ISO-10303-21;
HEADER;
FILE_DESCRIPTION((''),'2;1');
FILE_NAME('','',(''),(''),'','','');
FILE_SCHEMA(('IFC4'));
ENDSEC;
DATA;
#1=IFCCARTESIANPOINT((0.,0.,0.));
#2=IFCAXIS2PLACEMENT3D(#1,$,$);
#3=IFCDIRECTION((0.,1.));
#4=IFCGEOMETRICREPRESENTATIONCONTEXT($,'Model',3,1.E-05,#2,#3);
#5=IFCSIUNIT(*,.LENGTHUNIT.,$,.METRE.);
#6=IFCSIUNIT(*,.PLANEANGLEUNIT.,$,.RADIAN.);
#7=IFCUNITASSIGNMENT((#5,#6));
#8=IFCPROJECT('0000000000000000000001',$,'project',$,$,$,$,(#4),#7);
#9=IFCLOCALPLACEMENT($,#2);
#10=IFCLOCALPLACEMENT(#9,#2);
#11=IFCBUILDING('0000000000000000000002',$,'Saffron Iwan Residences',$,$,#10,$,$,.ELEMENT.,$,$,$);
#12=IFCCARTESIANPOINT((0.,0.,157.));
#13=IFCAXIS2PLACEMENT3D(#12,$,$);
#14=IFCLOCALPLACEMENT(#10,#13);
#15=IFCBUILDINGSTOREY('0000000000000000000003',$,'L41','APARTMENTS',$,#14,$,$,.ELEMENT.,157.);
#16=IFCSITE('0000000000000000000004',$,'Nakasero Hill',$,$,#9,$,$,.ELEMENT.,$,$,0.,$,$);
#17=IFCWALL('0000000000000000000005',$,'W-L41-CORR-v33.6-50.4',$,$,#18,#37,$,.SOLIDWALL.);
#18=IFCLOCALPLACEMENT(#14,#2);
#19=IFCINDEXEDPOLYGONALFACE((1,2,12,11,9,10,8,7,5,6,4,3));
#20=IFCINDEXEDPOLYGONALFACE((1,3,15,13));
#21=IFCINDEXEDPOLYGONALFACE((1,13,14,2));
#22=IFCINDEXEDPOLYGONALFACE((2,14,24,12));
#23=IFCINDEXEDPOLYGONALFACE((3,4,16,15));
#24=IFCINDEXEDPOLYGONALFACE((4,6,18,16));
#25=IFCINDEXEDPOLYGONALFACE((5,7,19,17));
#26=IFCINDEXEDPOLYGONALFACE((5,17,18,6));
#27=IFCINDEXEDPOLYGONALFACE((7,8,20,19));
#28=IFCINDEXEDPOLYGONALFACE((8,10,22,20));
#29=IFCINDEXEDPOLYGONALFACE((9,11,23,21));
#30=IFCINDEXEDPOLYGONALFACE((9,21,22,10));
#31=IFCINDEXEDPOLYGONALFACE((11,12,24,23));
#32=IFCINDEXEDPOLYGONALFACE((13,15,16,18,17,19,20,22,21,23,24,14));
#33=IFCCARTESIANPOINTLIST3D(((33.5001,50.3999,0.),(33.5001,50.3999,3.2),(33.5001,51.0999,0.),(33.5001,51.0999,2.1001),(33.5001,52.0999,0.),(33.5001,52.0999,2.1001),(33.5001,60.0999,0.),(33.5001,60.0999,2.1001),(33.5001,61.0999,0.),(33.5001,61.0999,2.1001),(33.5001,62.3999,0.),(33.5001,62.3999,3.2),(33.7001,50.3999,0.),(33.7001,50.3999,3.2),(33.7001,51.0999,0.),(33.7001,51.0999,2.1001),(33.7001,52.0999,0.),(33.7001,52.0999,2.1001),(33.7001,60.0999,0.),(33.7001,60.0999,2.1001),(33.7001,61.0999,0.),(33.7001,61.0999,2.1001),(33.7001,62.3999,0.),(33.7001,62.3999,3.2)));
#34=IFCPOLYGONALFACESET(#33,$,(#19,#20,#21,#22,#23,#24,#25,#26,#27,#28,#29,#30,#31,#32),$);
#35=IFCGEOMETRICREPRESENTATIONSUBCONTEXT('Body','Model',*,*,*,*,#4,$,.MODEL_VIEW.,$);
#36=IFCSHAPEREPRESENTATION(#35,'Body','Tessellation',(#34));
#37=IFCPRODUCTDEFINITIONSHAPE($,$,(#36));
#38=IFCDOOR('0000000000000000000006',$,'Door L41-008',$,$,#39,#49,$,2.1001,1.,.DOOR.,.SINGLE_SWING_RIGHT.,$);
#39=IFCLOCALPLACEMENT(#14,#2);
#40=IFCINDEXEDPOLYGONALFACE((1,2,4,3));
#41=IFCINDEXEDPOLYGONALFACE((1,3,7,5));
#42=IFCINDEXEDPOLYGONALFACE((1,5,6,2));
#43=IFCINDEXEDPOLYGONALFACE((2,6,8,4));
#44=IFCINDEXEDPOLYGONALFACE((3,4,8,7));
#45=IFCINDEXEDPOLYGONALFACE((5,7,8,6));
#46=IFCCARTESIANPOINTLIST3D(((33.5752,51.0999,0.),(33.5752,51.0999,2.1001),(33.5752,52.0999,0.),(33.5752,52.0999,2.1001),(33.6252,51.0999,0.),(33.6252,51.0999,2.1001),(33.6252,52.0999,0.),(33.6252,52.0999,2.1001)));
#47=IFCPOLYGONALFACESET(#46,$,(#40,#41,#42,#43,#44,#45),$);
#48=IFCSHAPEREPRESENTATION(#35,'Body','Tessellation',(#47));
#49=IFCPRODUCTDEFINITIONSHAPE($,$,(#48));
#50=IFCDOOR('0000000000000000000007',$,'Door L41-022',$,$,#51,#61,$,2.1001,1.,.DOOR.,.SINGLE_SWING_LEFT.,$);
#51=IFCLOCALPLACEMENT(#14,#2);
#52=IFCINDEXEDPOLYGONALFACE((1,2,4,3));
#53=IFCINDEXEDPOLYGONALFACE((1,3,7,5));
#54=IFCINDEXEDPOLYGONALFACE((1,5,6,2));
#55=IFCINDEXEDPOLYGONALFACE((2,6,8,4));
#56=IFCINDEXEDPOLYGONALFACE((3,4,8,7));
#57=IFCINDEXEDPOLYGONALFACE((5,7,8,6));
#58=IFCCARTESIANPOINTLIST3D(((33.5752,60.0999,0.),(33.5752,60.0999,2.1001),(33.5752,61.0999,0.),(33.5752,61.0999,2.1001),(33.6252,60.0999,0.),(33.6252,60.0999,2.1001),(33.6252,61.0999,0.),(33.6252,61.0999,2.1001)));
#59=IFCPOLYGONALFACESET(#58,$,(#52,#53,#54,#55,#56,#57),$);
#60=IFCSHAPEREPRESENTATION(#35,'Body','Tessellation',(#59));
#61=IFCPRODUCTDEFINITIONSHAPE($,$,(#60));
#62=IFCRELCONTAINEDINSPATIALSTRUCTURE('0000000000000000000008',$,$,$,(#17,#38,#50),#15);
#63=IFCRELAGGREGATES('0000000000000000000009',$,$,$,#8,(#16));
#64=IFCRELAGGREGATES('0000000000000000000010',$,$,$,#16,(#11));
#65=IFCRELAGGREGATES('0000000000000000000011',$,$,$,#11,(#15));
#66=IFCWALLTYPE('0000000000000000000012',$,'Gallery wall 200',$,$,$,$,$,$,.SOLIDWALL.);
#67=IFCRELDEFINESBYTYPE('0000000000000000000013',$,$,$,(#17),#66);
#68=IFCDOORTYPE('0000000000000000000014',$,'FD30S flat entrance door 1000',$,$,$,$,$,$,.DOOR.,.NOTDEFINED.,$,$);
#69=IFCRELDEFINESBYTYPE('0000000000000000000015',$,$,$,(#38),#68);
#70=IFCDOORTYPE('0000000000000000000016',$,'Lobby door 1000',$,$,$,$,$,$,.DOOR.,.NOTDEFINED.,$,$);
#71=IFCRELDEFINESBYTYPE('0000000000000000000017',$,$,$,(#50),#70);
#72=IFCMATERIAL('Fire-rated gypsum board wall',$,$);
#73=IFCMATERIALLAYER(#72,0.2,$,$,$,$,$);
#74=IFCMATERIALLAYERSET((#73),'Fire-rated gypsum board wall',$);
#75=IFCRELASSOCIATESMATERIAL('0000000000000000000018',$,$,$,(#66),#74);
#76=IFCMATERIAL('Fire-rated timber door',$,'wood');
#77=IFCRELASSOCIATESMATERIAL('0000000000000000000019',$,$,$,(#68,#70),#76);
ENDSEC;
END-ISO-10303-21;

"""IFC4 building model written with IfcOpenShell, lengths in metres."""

from ifc_helpers import new_model, si_unit, direction, frame, frame_2d, origin, place, context, subcontext, project, spatial, rectangle, extrude, material, layer, layer_set, type_object, element, fill, save


model = new_model("IFC4")

# Units and contexts
model_context = context("Model", 3, precision=1e-05, world=origin(), true_north=direction((0.0, 1.0)))
body_context = subcontext(model_context, "Body", "Model", "MODEL_VIEW")
ifc_project = project(units=[si_unit("LENGTHUNIT", "METRE"), si_unit("PLANEANGLEUNIT", "RADIAN")], contexts=[model_context])

# Site, building, storey
site_placement = place(None, origin())
site = spatial("IfcSite", under=ifc_project, at=site_placement, Name="Nakasero Hill", CompositionType="ELEMENT", RefElevation=0.0)
building_placement = place(site_placement, origin())
building = spatial("IfcBuilding", under=site, at=building_placement, Name="Saffron Iwan Residences", CompositionType="ELEMENT")
storey_placement = place(building_placement, frame((0.0, 0.0, 157.0)))
storey = spatial("IfcBuildingStorey", under=building, at=storey_placement, Name="L41", Description="APARTMENTS", CompositionType="ELEMENT", Elevation=157.0)

# Shared definitions
ifc_material_1 = material(Name="Fire-rated gypsum board wall")

# Wall, openings, doors
ifc_layer_1 = layer(ifc_material_1, 0.2)
ifc_layer_set_1 = layer_set([ifc_layer_1], Name="Fire-rated gypsum board wall")
wall_type_1 = type_object("IfcWallType", Name="Gallery wall 200", PredefinedType="SOLIDWALL", material=ifc_layer_set_1)
wall_1_placement = place(storey_placement, frame((33.6001, 50.3999, 0.0), z_axis=(0.0, 0.0, 1.0), x_axis=(0.0, 1.0, 0.0)))
wall_1 = element("IfcWall", 1, at=wall_1_placement, inside=storey, type_object=wall_type_1, Name="W-L41-CORR-v33.6-50.4", PredefinedType="SOLIDWALL", context=body_context, shape_type="SweptSolid", body=[
    extrude(rectangle(XDim=12.0, YDim=0.2, at=frame_2d((6.0, 0.0))), origin(), (0.0, 0.0, 1.0), 3.2),
])
opening_1_placement = place(wall_1_placement, frame((0.7, 0.0, 0.0)))
opening_1 = element("IfcOpeningElement", 2, at=opening_1_placement, cuts=wall_1, PredefinedType="OPENING", context=body_context, shape_type="SweptSolid", body=[
    extrude(rectangle(XDim=1.0, YDim=2.1001, at=frame_2d((0.5, 1.05))), frame((0.0, 0.1099, 0.0), z_axis=(0.0, -1.0, 0.0), x_axis=(1.0, 0.0, 0.0)), (0.0, 0.0, 1.0), 0.22),
])
opening_2_placement = place(wall_1_placement, frame((9.7, 0.0, 0.0)))
opening_2 = element("IfcOpeningElement", 3, at=opening_2_placement, cuts=wall_1, PredefinedType="OPENING", context=body_context, shape_type="SweptSolid", body=[
    extrude(rectangle(XDim=1.0, YDim=2.1001, at=frame_2d((0.5, 1.05))), frame((0.0, 0.1099, 0.0), z_axis=(0.0, -1.0, 0.0), x_axis=(1.0, 0.0, 0.0)), (0.0, 0.0, 1.0), 0.22),
])
ifc_material_2 = material(Name="Fire-rated timber door", Category="wood")
door_type_1 = type_object("IfcDoorType", Name="FD30S flat entrance door 1000", OperationType="NOTDEFINED", PredefinedType="DOOR", material=ifc_material_2)
door_1_placement = place(opening_1_placement, origin())
door_1 = element("IfcDoor", 4, at=door_1_placement, inside=storey, type_object=door_type_1, Name="Door L41-008", OperationType="SINGLE_SWING_RIGHT", OverallHeight=2.1001, OverallWidth=1.0, PredefinedType="DOOR", context=body_context, shape_type="SweptSolid", body=[
    extrude(rectangle(XDim=1.0, YDim=2.1001, at=frame_2d((0.5, 1.05))), frame((0.0, 0.0249, 0.0), z_axis=(0.0, -1.0, 0.0), x_axis=(1.0, 0.0, 0.0)), (0.0, 0.0, 1.0), 0.05),
])
fill(opening_1, door_1)
door_type_2 = type_object("IfcDoorType", Name="Lobby door 1000", OperationType="NOTDEFINED", PredefinedType="DOOR", material=ifc_material_2)
door_2_placement = place(opening_2_placement, origin())
door_2 = element("IfcDoor", 5, at=door_2_placement, inside=storey, type_object=door_type_2, Name="Door L41-022", OperationType="SINGLE_SWING_LEFT", OverallHeight=2.1001, OverallWidth=1.0, PredefinedType="DOOR", context=body_context, shape_type="SweptSolid", body=[
    extrude(rectangle(XDim=1.0, YDim=2.1001, at=frame_2d((0.5, 1.05))), frame((0.0, 0.0249, 0.0), z_axis=(0.0, -1.0, 0.0), x_axis=(1.0, 0.0, 0.0)), (0.0, 0.0, 1.0), 0.05),
])
fill(opening_2, door_2)

save(model, "model.ifc")
